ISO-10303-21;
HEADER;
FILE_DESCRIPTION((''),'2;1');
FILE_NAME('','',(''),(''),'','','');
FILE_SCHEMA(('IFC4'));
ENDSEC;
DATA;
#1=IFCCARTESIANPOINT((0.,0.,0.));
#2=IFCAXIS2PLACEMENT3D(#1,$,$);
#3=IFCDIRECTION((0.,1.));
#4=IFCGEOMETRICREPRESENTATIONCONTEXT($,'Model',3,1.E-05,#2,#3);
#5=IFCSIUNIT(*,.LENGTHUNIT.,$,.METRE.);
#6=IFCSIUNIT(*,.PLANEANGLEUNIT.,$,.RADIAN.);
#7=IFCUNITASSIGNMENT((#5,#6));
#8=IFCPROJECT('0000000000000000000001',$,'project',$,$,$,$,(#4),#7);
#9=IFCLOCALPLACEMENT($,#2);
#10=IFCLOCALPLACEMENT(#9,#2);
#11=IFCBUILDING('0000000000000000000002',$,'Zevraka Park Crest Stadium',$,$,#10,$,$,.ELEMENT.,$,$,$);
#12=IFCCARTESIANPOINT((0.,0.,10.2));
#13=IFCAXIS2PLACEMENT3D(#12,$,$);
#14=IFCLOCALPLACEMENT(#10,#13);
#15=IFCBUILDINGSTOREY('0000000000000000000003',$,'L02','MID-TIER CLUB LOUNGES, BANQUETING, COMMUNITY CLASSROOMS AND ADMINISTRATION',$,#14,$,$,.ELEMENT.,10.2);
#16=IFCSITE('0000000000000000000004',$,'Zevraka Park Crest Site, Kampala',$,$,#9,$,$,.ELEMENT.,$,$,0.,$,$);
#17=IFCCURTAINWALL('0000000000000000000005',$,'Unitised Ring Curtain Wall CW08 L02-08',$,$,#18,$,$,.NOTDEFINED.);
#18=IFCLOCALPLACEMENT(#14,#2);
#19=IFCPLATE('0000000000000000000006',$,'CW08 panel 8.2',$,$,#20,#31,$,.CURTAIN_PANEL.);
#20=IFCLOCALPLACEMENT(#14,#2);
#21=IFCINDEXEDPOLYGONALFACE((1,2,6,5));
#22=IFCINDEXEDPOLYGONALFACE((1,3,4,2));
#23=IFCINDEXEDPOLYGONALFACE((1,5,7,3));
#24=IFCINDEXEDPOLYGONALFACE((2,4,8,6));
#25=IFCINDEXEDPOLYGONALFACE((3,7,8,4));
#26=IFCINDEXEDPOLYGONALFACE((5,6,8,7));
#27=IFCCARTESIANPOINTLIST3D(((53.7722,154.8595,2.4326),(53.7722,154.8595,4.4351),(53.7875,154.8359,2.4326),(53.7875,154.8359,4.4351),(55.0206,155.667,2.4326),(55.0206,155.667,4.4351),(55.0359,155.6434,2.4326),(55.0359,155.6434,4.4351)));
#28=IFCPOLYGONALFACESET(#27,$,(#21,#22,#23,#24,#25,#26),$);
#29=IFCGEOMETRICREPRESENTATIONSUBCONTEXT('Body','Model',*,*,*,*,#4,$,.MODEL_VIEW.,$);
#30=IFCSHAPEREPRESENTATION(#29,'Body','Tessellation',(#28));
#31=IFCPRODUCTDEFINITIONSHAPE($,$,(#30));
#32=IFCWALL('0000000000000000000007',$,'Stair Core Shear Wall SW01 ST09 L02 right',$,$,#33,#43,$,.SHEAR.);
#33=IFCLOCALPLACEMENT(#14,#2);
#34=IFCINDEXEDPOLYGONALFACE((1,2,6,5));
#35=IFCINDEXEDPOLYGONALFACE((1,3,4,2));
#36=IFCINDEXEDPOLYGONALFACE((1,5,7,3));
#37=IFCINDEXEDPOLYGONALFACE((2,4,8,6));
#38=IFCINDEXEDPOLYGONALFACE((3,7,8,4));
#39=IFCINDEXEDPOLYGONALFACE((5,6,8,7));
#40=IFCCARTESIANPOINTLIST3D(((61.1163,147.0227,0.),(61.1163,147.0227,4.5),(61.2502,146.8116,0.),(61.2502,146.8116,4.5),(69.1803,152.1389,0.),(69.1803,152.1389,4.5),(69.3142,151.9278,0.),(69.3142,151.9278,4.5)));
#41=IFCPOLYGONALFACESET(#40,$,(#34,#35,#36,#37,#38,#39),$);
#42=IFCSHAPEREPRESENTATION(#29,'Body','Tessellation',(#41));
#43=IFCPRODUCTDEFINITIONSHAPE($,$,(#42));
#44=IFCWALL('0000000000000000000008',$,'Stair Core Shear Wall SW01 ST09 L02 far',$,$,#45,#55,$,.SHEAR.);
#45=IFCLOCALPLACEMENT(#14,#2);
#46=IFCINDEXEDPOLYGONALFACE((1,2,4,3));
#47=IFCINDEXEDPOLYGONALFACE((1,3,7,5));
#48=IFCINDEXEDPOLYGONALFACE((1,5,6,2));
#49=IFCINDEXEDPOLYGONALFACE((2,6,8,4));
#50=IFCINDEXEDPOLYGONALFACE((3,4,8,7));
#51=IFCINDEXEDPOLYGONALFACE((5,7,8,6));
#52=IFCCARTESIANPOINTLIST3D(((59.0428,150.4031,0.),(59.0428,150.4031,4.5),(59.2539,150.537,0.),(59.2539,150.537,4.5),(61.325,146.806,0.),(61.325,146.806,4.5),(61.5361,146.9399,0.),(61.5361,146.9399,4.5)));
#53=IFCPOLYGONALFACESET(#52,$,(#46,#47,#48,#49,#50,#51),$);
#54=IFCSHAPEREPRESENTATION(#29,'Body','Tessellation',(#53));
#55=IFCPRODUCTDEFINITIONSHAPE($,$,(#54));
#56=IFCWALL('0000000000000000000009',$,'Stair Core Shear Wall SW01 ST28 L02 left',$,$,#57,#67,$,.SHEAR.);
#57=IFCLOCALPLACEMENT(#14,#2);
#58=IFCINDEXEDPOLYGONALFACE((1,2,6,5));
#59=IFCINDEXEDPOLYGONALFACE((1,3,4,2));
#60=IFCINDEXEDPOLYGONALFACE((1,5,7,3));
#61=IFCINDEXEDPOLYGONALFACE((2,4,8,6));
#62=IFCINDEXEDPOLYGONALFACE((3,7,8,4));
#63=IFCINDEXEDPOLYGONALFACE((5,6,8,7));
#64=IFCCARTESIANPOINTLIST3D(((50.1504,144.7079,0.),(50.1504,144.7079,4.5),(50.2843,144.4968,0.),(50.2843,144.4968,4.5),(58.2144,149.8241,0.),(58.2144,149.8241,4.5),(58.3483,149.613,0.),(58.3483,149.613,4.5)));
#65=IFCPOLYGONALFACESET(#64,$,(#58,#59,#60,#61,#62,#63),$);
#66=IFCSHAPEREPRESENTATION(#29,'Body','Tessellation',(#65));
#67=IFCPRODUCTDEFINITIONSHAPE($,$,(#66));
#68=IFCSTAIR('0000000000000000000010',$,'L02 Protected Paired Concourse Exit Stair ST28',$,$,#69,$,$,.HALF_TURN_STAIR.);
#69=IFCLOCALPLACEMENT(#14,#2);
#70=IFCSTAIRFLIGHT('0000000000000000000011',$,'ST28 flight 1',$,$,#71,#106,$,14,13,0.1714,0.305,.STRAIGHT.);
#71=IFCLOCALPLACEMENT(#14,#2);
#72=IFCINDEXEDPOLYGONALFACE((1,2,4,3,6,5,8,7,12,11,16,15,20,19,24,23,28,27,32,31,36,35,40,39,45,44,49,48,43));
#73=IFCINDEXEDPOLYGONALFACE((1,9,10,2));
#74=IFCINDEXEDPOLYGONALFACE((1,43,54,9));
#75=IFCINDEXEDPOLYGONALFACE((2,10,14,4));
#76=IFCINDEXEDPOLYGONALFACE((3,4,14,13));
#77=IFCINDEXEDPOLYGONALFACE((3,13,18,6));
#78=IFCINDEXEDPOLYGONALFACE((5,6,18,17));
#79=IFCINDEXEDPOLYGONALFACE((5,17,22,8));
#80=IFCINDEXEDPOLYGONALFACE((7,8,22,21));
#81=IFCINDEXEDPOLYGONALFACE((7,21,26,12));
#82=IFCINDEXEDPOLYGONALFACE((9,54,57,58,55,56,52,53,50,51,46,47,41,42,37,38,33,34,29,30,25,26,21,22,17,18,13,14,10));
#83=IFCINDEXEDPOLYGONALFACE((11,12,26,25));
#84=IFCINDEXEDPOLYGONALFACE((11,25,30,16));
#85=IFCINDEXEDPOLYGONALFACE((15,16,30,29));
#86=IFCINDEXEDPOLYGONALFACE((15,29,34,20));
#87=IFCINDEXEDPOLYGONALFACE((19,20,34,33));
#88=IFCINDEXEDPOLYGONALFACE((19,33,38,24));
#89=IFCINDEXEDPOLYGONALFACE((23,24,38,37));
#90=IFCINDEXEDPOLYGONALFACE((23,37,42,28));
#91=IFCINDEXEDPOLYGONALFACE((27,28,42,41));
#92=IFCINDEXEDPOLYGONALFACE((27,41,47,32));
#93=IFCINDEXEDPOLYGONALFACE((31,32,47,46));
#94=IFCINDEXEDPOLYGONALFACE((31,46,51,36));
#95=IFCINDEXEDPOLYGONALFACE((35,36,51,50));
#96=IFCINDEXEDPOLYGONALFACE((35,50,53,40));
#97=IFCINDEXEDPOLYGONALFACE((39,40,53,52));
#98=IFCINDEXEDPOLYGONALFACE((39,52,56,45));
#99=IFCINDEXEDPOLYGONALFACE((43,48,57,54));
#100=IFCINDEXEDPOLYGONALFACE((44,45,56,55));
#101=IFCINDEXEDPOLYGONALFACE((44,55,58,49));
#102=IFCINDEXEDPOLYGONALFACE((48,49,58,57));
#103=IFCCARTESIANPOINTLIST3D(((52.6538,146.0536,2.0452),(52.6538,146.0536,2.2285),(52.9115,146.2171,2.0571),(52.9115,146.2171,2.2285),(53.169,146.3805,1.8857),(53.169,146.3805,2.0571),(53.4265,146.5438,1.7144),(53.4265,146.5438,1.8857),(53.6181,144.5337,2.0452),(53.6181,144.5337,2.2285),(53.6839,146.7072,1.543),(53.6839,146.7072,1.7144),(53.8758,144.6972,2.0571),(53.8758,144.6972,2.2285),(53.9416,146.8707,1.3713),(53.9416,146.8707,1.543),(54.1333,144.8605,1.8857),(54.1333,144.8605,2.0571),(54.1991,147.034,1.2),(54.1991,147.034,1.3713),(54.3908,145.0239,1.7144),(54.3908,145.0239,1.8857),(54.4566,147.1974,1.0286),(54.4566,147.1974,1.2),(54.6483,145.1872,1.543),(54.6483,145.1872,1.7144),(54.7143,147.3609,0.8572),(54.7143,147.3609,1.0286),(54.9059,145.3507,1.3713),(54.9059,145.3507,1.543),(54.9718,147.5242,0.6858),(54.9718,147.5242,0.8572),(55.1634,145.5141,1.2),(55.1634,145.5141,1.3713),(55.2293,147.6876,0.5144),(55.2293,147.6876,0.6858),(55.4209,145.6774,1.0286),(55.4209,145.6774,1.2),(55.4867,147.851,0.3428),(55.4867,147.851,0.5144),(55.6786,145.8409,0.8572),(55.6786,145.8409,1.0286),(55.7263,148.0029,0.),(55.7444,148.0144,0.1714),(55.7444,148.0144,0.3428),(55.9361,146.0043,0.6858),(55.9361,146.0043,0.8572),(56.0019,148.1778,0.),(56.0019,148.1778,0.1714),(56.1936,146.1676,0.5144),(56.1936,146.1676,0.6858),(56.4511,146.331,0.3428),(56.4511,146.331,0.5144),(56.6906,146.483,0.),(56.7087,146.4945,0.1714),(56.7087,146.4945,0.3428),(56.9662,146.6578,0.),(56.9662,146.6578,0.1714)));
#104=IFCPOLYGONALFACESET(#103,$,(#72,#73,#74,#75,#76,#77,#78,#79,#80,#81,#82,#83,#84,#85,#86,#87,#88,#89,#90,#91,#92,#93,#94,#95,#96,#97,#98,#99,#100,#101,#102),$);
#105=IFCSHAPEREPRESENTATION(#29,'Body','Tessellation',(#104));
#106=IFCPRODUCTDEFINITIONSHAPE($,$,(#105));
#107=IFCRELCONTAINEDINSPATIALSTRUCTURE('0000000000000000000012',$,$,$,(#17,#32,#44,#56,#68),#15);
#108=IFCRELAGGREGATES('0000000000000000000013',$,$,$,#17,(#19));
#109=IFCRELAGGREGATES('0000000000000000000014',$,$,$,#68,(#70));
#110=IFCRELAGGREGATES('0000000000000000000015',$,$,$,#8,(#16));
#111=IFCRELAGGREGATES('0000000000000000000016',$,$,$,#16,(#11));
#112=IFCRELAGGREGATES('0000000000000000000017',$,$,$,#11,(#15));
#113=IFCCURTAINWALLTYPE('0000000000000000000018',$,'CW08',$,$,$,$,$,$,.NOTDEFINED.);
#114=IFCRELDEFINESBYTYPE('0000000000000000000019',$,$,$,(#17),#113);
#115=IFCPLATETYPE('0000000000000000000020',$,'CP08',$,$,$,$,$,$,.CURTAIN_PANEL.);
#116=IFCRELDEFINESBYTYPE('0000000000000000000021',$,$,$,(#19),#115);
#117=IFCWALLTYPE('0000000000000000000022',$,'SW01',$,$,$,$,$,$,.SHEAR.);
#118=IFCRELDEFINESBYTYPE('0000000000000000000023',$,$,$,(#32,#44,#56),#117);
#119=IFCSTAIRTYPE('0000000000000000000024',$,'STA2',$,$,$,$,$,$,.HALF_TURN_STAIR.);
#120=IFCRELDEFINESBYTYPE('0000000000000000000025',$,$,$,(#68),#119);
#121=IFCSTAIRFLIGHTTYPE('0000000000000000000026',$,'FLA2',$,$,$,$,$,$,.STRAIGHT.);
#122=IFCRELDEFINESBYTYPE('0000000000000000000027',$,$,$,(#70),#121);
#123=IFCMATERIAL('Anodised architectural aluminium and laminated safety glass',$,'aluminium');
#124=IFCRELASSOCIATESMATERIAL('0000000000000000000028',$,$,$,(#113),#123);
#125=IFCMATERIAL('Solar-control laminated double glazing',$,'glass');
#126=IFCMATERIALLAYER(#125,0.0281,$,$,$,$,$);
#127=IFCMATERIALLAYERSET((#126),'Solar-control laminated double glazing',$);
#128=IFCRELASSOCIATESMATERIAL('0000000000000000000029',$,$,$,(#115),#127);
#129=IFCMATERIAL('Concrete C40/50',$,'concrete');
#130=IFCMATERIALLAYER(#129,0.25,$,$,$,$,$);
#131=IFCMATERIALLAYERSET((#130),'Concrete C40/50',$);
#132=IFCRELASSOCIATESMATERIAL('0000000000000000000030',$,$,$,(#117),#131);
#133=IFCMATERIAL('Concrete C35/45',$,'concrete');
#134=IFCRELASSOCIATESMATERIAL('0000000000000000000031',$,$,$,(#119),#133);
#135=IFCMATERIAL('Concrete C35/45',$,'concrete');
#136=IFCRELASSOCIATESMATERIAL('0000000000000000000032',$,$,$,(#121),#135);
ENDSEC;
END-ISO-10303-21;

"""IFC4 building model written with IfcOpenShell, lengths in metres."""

from ifc_helpers import new_model, si_unit, direction, frame, frame_2d, origin, origin_2d, place, context, subcontext, project, spatial, polyline, rectangle, outline, extrude, material, layer, layer_set, type_object, element, aggregate, save


model = new_model("IFC4")

# Units and contexts
model_context = context("Model", 3, precision=1e-05, world=origin(), true_north=direction((0.0, 1.0)))
body_context = subcontext(model_context, "Body", "Model", "MODEL_VIEW")
ifc_project = project(units=[si_unit("LENGTHUNIT", "METRE"), si_unit("PLANEANGLEUNIT", "RADIAN")], contexts=[model_context])

# Site, building, storey
site_placement = place(None, origin())
site = spatial("IfcSite", under=ifc_project, at=site_placement, Name="Zevraka Park Crest Site, Kampala", CompositionType="ELEMENT", RefElevation=0.0)
building_placement = place(site_placement, origin())
building = spatial("IfcBuilding", under=site, at=building_placement, Name="Zevraka Park Crest Stadium", CompositionType="ELEMENT")
storey_placement = place(building_placement, frame((0.0, 0.0, 10.2)))
storey = spatial("IfcBuildingStorey", under=building, at=storey_placement, Name="L02", Description="MID-TIER CLUB LOUNGES, BANQUETING, COMMUNITY CLASSROOMS AND ADMINISTRATION", CompositionType="ELEMENT", Elevation=10.2)

# Curtain wall
ifc_material_1 = material(Name="Anodised architectural aluminium and laminated safety glass", Category="aluminium")
curtain_wall_type = type_object("IfcCurtainWallType", Name="CW08", PredefinedType="NOTDEFINED", material=ifc_material_1)
curtain_wall_placement = place(storey_placement, origin())
curtain_wall = element("IfcCurtainWall", 1, at=curtain_wall_placement, inside=storey, type_object=curtain_wall_type, Name="Unitised Ring Curtain Wall CW08 L02-08", PredefinedType="NOTDEFINED")

# Plate
ifc_material_2 = material(Name="Solar-control laminated double glazing", Category="glass")
ifc_layer_1 = layer(ifc_material_2, 0.0281)
ifc_layer_set_1 = layer_set([ifc_layer_1], Name="Solar-control laminated double glazing")
plate_type = type_object("IfcPlateType", Name="CP08", PredefinedType="CURTAIN_PANEL", material=ifc_layer_set_1)
plate_1_placement = place(storey_placement, frame((54.4041, 155.2515, 2.4326), z_axis=(0.0, 0.0, 1.0), x_axis=(-0.83967, -0.543096, 0.0)))
plate_1 = element("IfcPlate", 2, at=plate_1_placement, type_object=plate_type, Name="CW08 panel 8.2", PredefinedType="CURTAIN_PANEL", context=body_context, shape_type="SweptSolid", body=[
    extrude(rectangle(XDim=1.4868, YDim=0.0281, at=origin_2d()), origin(), (0.0, 0.0, 1.0), 2.0024),
])
aggregate(curtain_wall, [plate_1])

# Walls
ifc_material_3 = material(Name="Concrete C40/50", Category="concrete")
ifc_layer_2 = layer(ifc_material_3, 0.25)
ifc_layer_set_2 = layer_set([ifc_layer_2], Name="Concrete C40/50")
wall_type = type_object("IfcWallType", Name="SW01", PredefinedType="SHEAR", material=ifc_layer_set_2)
wall_1_placement = place(storey_placement, frame((61.1833, 146.9172, 0.0), z_axis=(0.0, 0.0, 1.0), x_axis=(0.844391, 0.535727, 0.0)))
element("IfcWall", 3, at=wall_1_placement, inside=storey, type_object=wall_type, Name="Stair Core Shear Wall SW01 ST09 L02 right", PredefinedType="SHEAR", context=body_context, shape_type="SweptSolid", body=[
    extrude(rectangle(XDim=9.55, YDim=0.25, at=frame_2d((4.7749, 0.0))), origin(), (0.0, 0.0, 1.0), 4.5),
])
wall_2_placement = place(storey_placement, frame((59.1484, 150.47, 0.0), z_axis=(0.0, 0.0, 1.0), x_axis=(0.535725, -0.844392, 0.0)))
element("IfcWall", 4, at=wall_2_placement, inside=storey, type_object=wall_type, Name="Stair Core Shear Wall SW01 ST09 L02 far", PredefinedType="SHEAR", context=body_context, shape_type="SweptSolid", body=[
    extrude(rectangle(XDim=4.26, YDim=0.25, at=frame_2d((2.1299, 0.0))), origin(), (0.0, 0.0, 1.0), 4.5),
])
wall_3_placement = place(storey_placement, frame((58.2812, 149.7185, 0.0), z_axis=(0.0, 0.0, 1.0), x_axis=(-0.844391, -0.535727, 0.0)))
element("IfcWall", 5, at=wall_3_placement, inside=storey, type_object=wall_type, Name="Stair Core Shear Wall SW01 ST28 L02 left", PredefinedType="SHEAR", context=body_context, shape_type="SweptSolid", body=[
    extrude(rectangle(XDim=9.55, YDim=0.25, at=frame_2d((4.7749, 0.0))), origin(), (0.0, 0.0, 1.0), 4.5),
])

# Stair, stair flight
ifc_material_4 = material(Name="Concrete C35/45", Category="concrete")
stair_type = type_object("IfcStairType", Name="STA2", PredefinedType="HALF_TURN_STAIR", material=ifc_material_4)
stair_placement = place(storey_placement, origin())
stair = element("IfcStair", 6, at=stair_placement, inside=storey, type_object=stair_type, Name="L02 Protected Paired Concourse Exit Stair ST28", PredefinedType="HALF_TURN_STAIR")
ifc_material_5 = material(Name="Concrete C35/45", Category="concrete")
stair_flight_type = type_object("IfcStairFlightType", Name="FLA2", PredefinedType="STRAIGHT", material=ifc_material_5)
stair_flight_placement = place(storey_placement, frame((56.4841, 147.4177, 0.0), z_axis=(0.0, 0.0, 1.0), x_axis=(-0.844397, -0.535718, 0.0)))
stair_flight = element("IfcStairFlight", 7, at=stair_flight_placement, type_object=stair_flight_type, Name="ST28 flight 1", NumberOfRisers=14, NumberOfTreads=13, PredefinedType="STRAIGHT", RiserHeight=0.1714, TreadLength=0.305, context=body_context, shape_type="SweptSolid", body=[
    extrude(outline(polyline([(0.0, 0.0), (0.0, 0.1714), (0.3049, 0.1714), (0.3049, 0.3428), (0.6101, 0.3428), (0.6101, 0.5144), (0.915, 0.5144), (0.915, 0.6858), (1.22, 0.6858), (1.22, 0.8572), (1.5249, 0.8572), (1.5249, 1.0286), (1.8301, 1.0286), (1.8301, 1.2), (2.135, 1.2), (2.135, 1.3713), (2.4399, 1.3713), (2.4399, 1.543), (2.7451, 1.543), (2.7451, 1.7144), (3.05, 1.7144), (3.05, 1.8857), (3.355, 1.8857), (3.355, 2.0571), (3.6599, 2.0571), (3.6599, 2.2285), (3.9651, 2.2285), (3.9651, 2.3999), (3.9651, 2.0452), (0.3264, 0.0), (0.0, 0.0)])), frame((0.0, 0.8999, 0.0), z_axis=(0.0, -1.0, 0.0), x_axis=(1.0, 0.0, 0.0)), (0.0, 0.0, 1.0), 1.8),
])
aggregate(stair, [stair_flight])

save(model, "model.ifc")
